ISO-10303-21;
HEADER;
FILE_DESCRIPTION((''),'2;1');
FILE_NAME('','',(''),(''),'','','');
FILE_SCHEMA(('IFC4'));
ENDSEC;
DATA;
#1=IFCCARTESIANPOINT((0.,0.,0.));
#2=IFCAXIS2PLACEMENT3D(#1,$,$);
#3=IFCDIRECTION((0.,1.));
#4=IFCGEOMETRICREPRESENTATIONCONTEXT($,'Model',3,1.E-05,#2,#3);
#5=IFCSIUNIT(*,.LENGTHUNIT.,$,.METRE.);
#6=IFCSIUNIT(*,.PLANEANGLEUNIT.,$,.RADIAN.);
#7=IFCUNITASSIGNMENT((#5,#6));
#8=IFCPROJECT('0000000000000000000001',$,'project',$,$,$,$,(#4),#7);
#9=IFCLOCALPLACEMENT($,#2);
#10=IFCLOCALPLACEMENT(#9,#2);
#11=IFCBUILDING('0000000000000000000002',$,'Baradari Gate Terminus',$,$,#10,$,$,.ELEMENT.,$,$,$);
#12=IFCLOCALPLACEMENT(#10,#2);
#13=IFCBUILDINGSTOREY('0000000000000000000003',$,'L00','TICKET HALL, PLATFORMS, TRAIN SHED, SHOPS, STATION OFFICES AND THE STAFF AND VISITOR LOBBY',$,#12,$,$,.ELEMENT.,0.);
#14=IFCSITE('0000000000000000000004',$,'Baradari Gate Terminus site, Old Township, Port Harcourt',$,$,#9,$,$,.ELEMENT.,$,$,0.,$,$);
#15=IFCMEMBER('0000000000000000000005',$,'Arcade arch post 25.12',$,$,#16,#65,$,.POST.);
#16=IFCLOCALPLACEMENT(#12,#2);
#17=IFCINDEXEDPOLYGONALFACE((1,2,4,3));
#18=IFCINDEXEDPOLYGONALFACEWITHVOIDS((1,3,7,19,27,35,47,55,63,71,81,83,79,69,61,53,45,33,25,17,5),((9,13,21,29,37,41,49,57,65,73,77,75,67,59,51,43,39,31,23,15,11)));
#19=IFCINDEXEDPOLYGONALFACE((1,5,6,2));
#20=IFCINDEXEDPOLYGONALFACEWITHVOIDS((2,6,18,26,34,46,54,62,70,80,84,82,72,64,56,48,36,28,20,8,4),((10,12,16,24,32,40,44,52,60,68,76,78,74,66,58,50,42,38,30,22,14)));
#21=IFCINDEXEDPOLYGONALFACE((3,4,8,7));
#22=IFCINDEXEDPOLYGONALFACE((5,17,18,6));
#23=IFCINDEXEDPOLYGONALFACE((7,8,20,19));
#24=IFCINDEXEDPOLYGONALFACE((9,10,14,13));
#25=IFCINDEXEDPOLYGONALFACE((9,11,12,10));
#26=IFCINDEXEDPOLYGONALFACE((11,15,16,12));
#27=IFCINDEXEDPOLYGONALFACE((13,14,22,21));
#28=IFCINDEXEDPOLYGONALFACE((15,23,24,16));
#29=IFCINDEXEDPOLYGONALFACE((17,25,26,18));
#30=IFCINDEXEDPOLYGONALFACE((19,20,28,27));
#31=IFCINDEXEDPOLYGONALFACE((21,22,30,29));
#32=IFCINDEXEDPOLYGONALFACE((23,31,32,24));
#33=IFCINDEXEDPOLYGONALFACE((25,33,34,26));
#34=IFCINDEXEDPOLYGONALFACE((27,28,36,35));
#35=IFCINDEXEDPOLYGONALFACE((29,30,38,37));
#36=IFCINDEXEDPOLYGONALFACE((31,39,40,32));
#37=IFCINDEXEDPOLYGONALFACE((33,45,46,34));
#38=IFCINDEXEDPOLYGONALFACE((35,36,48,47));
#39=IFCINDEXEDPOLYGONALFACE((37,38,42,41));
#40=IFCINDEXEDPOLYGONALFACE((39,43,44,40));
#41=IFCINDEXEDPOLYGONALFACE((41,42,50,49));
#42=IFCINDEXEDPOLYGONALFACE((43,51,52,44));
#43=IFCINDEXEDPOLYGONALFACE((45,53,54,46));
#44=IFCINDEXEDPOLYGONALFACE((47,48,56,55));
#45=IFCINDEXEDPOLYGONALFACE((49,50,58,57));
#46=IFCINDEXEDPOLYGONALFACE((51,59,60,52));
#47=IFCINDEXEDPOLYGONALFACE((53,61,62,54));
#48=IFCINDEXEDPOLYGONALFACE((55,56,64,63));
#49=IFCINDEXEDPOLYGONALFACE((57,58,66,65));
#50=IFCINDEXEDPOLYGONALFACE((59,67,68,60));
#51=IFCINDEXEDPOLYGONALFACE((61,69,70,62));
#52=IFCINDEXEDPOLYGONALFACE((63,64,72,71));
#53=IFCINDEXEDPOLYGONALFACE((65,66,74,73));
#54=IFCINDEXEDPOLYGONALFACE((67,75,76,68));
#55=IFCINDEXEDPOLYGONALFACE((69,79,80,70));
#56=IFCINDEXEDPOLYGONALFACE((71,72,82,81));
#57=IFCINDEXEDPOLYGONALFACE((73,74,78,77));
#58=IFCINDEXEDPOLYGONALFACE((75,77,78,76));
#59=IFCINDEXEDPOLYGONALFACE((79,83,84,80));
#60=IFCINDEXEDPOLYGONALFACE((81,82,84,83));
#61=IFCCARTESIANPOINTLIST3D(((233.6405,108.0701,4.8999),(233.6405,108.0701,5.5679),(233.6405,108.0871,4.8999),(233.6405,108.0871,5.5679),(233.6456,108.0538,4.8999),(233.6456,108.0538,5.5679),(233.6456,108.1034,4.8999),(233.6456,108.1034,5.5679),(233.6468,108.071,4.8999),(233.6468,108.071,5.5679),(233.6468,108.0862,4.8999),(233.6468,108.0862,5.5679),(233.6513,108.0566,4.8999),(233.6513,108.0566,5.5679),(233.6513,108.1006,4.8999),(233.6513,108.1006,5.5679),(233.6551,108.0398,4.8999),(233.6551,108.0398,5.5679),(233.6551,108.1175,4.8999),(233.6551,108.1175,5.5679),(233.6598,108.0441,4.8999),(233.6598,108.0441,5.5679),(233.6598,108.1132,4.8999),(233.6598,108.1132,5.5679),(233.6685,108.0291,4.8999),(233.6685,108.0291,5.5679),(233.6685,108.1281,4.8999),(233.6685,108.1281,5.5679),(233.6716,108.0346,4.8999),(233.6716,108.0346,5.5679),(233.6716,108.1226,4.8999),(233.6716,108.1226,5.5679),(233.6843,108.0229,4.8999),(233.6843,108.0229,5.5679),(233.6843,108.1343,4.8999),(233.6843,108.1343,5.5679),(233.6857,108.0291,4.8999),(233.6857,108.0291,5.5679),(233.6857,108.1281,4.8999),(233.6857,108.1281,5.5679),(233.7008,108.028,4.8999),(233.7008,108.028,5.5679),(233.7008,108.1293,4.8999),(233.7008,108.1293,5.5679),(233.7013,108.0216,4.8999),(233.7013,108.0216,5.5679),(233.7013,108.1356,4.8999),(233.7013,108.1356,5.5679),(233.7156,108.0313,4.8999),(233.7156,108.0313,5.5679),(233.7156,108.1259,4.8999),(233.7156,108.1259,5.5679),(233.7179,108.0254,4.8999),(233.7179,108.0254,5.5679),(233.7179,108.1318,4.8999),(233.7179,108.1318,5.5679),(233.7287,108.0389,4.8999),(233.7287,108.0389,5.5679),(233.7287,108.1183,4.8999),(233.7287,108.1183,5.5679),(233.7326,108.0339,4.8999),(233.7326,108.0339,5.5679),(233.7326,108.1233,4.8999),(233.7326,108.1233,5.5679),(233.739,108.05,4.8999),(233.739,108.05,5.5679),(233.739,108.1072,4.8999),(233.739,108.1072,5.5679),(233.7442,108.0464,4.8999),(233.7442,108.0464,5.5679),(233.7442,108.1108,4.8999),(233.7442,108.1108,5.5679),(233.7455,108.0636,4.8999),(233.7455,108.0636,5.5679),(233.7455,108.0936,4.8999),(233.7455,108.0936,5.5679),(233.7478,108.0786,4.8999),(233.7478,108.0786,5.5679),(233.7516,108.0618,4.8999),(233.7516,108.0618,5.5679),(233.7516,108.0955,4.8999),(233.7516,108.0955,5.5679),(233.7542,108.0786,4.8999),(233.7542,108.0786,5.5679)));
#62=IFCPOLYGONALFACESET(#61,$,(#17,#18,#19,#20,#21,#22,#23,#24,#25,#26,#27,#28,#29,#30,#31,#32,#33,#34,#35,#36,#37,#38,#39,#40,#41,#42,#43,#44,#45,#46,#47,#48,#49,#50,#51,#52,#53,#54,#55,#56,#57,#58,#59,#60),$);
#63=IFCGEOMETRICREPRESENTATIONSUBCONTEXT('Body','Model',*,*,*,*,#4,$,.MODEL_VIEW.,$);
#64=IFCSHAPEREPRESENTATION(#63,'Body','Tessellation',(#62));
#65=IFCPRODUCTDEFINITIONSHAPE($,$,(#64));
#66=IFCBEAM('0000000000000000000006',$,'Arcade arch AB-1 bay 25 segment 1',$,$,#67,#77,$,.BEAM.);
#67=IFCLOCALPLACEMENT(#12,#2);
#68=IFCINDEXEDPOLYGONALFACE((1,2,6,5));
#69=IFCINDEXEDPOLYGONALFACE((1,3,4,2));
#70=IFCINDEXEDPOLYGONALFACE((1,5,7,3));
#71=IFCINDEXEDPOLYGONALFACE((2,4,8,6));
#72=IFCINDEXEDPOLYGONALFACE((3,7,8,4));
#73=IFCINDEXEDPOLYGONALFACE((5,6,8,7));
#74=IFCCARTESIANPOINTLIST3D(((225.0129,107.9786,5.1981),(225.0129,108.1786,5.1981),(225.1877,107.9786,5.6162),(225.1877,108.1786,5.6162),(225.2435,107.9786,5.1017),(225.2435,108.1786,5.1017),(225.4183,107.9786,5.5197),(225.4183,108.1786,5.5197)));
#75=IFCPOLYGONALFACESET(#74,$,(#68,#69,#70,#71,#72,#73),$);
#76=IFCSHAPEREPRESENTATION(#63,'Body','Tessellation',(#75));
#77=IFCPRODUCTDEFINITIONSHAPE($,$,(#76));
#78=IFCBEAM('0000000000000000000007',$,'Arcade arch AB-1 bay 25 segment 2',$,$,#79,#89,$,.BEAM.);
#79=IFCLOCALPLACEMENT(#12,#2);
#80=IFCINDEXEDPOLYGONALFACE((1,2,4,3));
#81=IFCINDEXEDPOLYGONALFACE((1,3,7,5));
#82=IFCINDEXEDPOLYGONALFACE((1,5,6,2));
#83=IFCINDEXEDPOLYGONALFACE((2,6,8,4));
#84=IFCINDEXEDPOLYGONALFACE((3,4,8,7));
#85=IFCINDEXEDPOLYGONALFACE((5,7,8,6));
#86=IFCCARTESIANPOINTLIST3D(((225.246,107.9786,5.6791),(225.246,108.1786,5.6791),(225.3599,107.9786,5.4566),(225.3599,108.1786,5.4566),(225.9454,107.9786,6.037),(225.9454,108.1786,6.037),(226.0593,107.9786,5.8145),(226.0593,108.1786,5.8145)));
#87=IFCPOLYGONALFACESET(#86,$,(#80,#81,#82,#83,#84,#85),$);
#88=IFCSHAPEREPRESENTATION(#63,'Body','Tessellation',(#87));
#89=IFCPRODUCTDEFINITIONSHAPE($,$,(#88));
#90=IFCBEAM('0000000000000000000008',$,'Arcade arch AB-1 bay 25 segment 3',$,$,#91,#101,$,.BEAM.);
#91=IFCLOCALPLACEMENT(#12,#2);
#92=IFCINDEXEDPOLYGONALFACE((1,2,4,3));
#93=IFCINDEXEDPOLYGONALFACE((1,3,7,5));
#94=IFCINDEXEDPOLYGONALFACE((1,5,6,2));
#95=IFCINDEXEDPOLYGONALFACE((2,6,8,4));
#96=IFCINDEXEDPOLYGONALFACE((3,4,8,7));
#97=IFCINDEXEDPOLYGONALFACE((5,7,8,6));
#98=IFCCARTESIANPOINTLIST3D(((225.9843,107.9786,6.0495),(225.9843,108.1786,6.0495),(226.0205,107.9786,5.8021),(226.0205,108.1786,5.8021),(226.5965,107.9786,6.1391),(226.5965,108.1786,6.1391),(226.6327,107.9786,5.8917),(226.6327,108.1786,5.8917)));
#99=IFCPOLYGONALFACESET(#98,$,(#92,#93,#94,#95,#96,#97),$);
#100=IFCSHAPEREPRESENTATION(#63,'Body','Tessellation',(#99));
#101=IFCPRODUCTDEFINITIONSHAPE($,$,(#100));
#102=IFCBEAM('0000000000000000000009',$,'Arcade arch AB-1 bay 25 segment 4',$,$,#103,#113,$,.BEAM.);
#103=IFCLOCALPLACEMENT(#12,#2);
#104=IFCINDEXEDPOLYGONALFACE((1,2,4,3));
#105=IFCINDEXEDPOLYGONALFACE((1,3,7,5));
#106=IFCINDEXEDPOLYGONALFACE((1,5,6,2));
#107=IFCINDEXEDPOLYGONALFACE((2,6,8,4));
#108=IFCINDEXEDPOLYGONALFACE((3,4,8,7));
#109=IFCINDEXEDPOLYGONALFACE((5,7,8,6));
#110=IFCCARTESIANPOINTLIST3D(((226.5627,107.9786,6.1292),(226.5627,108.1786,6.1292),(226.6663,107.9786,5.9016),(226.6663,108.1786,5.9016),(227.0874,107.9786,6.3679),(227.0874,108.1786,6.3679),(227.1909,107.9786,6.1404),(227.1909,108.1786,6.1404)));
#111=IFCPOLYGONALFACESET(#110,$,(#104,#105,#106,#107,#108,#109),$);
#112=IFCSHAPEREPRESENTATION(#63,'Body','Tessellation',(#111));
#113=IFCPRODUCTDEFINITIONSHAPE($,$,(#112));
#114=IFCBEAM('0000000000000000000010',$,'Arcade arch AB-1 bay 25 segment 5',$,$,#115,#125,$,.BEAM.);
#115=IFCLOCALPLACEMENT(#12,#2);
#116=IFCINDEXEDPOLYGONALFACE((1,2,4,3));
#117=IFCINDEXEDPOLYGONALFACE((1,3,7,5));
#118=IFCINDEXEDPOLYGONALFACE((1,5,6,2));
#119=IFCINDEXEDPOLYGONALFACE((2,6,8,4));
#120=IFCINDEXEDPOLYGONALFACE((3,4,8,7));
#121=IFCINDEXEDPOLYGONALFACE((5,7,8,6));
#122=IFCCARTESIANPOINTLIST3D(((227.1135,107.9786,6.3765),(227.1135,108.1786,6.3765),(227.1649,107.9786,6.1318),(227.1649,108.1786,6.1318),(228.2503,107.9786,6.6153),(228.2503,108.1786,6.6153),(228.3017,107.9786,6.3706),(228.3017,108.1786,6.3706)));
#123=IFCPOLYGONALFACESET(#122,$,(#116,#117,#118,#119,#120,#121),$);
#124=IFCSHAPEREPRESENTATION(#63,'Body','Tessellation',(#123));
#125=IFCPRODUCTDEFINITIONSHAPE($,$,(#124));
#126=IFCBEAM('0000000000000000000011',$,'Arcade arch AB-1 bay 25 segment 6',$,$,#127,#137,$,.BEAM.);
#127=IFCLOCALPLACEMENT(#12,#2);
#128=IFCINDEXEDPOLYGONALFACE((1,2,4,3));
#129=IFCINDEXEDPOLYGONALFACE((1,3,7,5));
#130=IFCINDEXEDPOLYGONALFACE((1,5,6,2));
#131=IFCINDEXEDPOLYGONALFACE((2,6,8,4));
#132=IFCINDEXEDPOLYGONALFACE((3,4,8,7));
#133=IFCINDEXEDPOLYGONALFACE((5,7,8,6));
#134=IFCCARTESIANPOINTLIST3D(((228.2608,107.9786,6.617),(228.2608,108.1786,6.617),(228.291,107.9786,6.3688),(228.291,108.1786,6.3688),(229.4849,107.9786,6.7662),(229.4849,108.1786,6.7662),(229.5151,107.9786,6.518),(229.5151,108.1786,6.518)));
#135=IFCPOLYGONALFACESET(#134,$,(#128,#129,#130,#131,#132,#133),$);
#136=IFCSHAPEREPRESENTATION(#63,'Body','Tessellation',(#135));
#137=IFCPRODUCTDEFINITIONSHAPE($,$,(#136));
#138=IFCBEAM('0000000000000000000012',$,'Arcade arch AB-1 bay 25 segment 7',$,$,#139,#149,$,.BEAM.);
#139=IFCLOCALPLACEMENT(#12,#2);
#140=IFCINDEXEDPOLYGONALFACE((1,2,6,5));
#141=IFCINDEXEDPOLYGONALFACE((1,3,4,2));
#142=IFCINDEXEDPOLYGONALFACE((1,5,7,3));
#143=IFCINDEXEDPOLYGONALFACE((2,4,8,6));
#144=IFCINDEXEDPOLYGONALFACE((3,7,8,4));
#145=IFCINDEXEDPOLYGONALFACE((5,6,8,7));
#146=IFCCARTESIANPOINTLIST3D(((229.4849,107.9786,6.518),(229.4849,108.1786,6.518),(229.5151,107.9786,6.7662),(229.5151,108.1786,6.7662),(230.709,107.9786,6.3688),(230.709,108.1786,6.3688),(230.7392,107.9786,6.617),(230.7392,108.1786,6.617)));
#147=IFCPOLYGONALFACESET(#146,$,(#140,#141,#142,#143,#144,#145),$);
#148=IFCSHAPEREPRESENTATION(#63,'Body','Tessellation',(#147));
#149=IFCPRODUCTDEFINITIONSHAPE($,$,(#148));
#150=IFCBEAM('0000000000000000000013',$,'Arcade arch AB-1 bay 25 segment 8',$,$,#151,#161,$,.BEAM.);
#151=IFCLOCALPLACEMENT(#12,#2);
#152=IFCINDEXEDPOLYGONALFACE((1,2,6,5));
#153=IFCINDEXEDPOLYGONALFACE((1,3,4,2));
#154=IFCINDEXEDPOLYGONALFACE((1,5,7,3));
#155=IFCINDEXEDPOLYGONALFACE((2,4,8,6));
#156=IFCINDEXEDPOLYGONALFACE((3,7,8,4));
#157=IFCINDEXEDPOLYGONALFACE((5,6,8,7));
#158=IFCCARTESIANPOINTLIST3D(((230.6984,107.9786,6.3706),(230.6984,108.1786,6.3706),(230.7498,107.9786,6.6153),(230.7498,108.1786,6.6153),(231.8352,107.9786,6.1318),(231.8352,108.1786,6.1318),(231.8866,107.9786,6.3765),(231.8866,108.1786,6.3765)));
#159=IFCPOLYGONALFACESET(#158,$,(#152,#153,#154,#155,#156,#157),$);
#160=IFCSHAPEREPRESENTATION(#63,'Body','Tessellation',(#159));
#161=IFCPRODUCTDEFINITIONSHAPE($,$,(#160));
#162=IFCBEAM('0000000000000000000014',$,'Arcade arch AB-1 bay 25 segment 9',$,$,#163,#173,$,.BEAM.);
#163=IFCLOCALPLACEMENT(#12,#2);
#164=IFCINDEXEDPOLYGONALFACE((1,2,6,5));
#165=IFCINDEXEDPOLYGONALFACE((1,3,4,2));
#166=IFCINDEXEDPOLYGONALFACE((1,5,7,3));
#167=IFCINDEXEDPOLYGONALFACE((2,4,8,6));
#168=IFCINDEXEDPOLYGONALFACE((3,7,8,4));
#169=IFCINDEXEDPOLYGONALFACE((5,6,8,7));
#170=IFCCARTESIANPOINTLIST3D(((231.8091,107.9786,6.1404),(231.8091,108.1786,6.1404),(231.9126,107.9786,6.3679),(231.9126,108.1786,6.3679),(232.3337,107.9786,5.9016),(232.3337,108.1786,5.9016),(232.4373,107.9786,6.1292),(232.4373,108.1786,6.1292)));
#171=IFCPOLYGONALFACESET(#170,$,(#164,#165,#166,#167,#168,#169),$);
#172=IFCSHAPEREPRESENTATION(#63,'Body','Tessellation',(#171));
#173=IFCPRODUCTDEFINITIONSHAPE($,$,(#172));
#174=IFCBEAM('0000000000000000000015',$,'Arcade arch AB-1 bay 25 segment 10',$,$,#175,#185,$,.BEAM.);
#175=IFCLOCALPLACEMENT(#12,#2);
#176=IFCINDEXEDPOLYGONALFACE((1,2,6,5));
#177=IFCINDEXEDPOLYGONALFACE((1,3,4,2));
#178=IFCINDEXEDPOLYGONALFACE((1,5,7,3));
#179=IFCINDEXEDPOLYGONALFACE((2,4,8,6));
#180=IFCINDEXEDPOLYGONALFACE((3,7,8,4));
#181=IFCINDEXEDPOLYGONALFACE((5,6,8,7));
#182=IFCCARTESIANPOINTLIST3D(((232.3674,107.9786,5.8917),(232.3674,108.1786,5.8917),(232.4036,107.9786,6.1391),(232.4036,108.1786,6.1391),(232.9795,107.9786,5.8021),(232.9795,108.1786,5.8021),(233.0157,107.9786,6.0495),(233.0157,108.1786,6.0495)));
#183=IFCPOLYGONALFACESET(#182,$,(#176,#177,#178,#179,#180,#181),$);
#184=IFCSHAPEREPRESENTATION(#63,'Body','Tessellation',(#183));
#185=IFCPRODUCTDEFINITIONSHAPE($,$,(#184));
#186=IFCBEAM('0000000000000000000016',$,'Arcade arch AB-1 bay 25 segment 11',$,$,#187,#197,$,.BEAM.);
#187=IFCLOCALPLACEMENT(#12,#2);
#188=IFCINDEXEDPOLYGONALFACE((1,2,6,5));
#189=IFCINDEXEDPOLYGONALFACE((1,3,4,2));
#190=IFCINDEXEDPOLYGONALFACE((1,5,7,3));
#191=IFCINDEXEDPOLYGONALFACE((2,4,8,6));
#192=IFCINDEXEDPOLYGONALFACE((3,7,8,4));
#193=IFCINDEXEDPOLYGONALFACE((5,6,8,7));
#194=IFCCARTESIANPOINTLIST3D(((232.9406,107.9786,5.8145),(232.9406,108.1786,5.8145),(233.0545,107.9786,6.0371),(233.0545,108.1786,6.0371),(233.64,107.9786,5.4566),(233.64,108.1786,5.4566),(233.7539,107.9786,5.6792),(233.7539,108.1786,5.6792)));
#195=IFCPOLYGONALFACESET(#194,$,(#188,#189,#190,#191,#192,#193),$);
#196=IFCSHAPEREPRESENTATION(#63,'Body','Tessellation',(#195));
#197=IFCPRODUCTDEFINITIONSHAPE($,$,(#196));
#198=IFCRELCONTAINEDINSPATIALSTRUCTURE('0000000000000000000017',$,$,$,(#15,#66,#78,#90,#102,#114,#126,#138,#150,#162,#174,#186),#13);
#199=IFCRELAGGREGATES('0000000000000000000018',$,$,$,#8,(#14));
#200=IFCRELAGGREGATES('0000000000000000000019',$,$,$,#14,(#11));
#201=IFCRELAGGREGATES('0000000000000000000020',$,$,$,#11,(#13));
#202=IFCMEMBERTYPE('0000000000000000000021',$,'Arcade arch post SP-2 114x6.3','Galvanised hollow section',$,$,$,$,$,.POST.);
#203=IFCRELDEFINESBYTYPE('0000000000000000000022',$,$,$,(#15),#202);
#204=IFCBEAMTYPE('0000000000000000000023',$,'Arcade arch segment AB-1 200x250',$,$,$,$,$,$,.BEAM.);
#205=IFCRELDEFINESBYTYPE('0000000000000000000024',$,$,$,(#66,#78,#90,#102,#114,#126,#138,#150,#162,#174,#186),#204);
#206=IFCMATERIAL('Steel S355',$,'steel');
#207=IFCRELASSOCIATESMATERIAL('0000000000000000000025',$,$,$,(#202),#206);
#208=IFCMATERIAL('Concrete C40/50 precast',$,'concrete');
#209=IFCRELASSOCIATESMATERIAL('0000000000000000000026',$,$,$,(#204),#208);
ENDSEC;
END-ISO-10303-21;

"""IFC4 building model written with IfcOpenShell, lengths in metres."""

from ifc_helpers import new_model, si_unit, direction, frame, origin, origin_2d, place, context, subcontext, project, spatial, rectangle, hollow_circle, extrude, material, material_profile, profile_set, type_object, element, save


model = new_model("IFC4")

# Units and contexts
model_context = context("Model", 3, precision=1e-05, world=origin(), true_north=direction((0.0, 1.0)))
body_context = subcontext(model_context, "Body", "Model", "MODEL_VIEW")
ifc_project = project(units=[si_unit("LENGTHUNIT", "METRE"), si_unit("PLANEANGLEUNIT", "RADIAN")], contexts=[model_context])

# Site, building, storey
site_placement = place(None, origin())
site = spatial("IfcSite", under=ifc_project, at=site_placement, Name="Baradari Gate Terminus site, Old Township, Port Harcourt", CompositionType="ELEMENT", RefElevation=0.0)
building_placement = place(site_placement, origin())
building = spatial("IfcBuilding", under=site, at=building_placement, Name="Baradari Gate Terminus", CompositionType="ELEMENT")
storey_placement = place(building_placement, origin())
storey = spatial("IfcBuildingStorey", under=building, at=storey_placement, Name="L00", Description="TICKET HALL, PLATFORMS, TRAIN SHED, SHOPS, STATION OFFICES AND THE STAFF AND VISITOR LOBBY", CompositionType="ELEMENT", Elevation=0.0)

# Member
ifc_material_1 = material(Name="Steel S355", Category="steel")
ifc_material_profile_1 = material_profile(ifc_material_1, hollow_circle(Radius=0.0571, WallThickness=0.0063, at=origin_2d()), Name="CHS 114.3x6.3")
ifc_profile_set_1 = profile_set([ifc_material_profile_1], Name="Steel S355")
member_type = type_object("IfcMemberType", Name="Arcade arch post SP-2 114x6.3", Description="Galvanised hollow section", PredefinedType="POST", material=ifc_profile_set_1)
member_1_placement = place(storey_placement, frame((233.697, 108.0786, 4.8999), z_axis=(0.0, 0.0, 1.0), x_axis=(1.0, 0.0, 0.0)))
element("IfcMember", 1, at=member_1_placement, inside=storey, type_object=member_type, Name="Arcade arch post 25.12", PredefinedType="POST", context=body_context, shape_type="SweptSolid", body=[
    extrude(hollow_circle(Radius=0.0571, WallThickness=0.0063, at=origin_2d()), origin(), (0.0, 0.0, 1.0), 0.668),
])

# Beams
ifc_material_2 = material(Name="Concrete C40/50 precast", Category="concrete")
ifc_material_profile_2 = material_profile(ifc_material_2, rectangle(XDim=0.2, YDim=0.25, at=origin_2d()), Name="AB-1 200X250")
ifc_profile_set_2 = profile_set([ifc_material_profile_2], Name="Concrete C40/50 precast")
beam_type = type_object("IfcBeamType", Name="Arcade arch segment AB-1 200x250", PredefinedType="BEAM", material=ifc_profile_set_2)
beam_1_placement = place(storey_placement, frame((225.1282, 108.0786, 5.1499), z_axis=(0.385839, 0.0, 0.922566), x_axis=(0.0, 1.0, 0.0)))
element("IfcBeam", 2, at=beam_1_placement, inside=storey, type_object=beam_type, Name="Arcade arch AB-1 bay 25 segment 1", PredefinedType="BEAM", context=body_context, shape_type="SweptSolid", body=[
    extrude(rectangle(XDim=0.2, YDim=0.25, at=origin_2d()), origin(), (0.0, 0.0, 1.0), 0.4531),
])
beam_2_placement = place(storey_placement, frame((225.303, 108.0786, 5.5679), z_axis=(0.890225, 0.0, 0.455522), x_axis=(0.0, 1.0, 0.0)))
element("IfcBeam", 3, at=beam_2_placement, inside=storey, type_object=beam_type, Name="Arcade arch AB-1 bay 25 segment 2", PredefinedType="BEAM", context=body_context, shape_type="SweptSolid", body=[
    extrude(rectangle(XDim=0.2, YDim=0.25, at=origin_2d()), origin(), (0.0, 0.0, 1.0), 0.7856),
])
beam_3_placement = place(storey_placement, frame((226.0024, 108.0786, 5.9258), z_axis=(0.989454, 0.0, 0.144846), x_axis=(0.0, 1.0, 0.0)))
element("IfcBeam", 4, at=beam_3_placement, inside=storey, type_object=beam_type, Name="Arcade arch AB-1 bay 25 segment 3", PredefinedType="BEAM", context=body_context, shape_type="SweptSolid", body=[
    extrude(rectangle(XDim=0.2, YDim=0.25, at=origin_2d()), origin(), (0.0, 0.0, 1.0), 0.6187),
])
beam_4_placement = place(storey_placement, frame((226.6145, 108.0786, 6.0154), z_axis=(0.910178, 0.0, 0.414218), x_axis=(0.0, 1.0, 0.0)))
element("IfcBeam", 5, at=beam_4_placement, inside=storey, type_object=beam_type, Name="Arcade arch AB-1 bay 25 segment 4", PredefinedType="BEAM", context=body_context, shape_type="SweptSolid", body=[
    extrude(rectangle(XDim=0.2, YDim=0.25, at=origin_2d()), origin(), (0.0, 0.0, 1.0), 0.5764),
])
beam_5_placement = place(storey_placement, frame((227.1392, 108.0786, 6.2542), z_axis=(0.978643, 0.0, 0.205566), x_axis=(0.0, 1.0, 0.0)))
element("IfcBeam", 6, at=beam_5_placement, inside=storey, type_object=beam_type, Name="Arcade arch AB-1 bay 25 segment 5", PredefinedType="BEAM", context=body_context, shape_type="SweptSolid", body=[
    extrude(rectangle(XDim=0.2, YDim=0.25, at=origin_2d()), origin(), (0.0, 0.0, 1.0), 1.1616),
])
for number, where, z_axis, x_axis, name in (
    (7, (228.2759, 108.0786, 6.4929), (0.992657, 0.0, 0.120964), (0.0, 1.0, 0.0), "Arcade arch AB-1 bay 25 segment 6"),
    (8, (229.5, 108.0786, 6.6421), (0.992657, 0.0, -0.120964), (0.0, 1.0, 0.0), "Arcade arch AB-1 bay 25 segment 7"),
):
    element("IfcBeam", number, at=place(storey_placement, frame(where, z_axis=z_axis, x_axis=x_axis)), inside=storey, type_object=beam_type, Name=name, PredefinedType="BEAM", context=body_context, shape_type="SweptSolid", body=[
        extrude(rectangle(XDim=0.2, YDim=0.25, at=origin_2d()), origin(), (0.0, 0.0, 1.0), 1.2332),
    ])
beam_6_placement = place(storey_placement, frame((230.7241, 108.0786, 6.4929), z_axis=(0.978643, 0.0, -0.205566), x_axis=(0.0, 1.0, 0.0)))
element("IfcBeam", 9, at=beam_6_placement, inside=storey, type_object=beam_type, Name="Arcade arch AB-1 bay 25 segment 8", PredefinedType="BEAM", context=body_context, shape_type="SweptSolid", body=[
    extrude(rectangle(XDim=0.2, YDim=0.25, at=origin_2d()), origin(), (0.0, 0.0, 1.0), 1.1616),
])
beam_7_placement = place(storey_placement, frame((231.8608, 108.0786, 6.2542), z_axis=(0.910178, 0.0, -0.414218), x_axis=(0.0, 1.0, 0.0)))
element("IfcBeam", 10, at=beam_7_placement, inside=storey, type_object=beam_type, Name="Arcade arch AB-1 bay 25 segment 9", PredefinedType="BEAM", context=body_context, shape_type="SweptSolid", body=[
    extrude(rectangle(XDim=0.2, YDim=0.25, at=origin_2d()), origin(), (0.0, 0.0, 1.0), 0.5764),
])
beam_8_placement = place(storey_placement, frame((232.3855, 108.0786, 6.0154), z_axis=(0.989454, 0.0, -0.144846), x_axis=(0.0, 1.0, 0.0)))
element("IfcBeam", 11, at=beam_8_placement, inside=storey, type_object=beam_type, Name="Arcade arch AB-1 bay 25 segment 10", PredefinedType="BEAM", context=body_context, shape_type="SweptSolid", body=[
    extrude(rectangle(XDim=0.2, YDim=0.25, at=origin_2d()), origin(), (0.0, 0.0, 1.0), 0.6187),
])
beam_9_placement = place(storey_placement, frame((232.9976, 108.0786, 5.9258), z_axis=(0.890225, 0.0, -0.455522), x_axis=(0.0, 1.0, 0.0)))
element("IfcBeam", 12, at=beam_9_placement, inside=storey, type_object=beam_type, Name="Arcade arch AB-1 bay 25 segment 11", PredefinedType="BEAM", context=body_context, shape_type="SweptSolid", body=[
    extrude(rectangle(XDim=0.2, YDim=0.25, at=origin_2d()), origin(), (0.0, 0.0, 1.0), 0.7856),
])

save(model, "model.ifc")
